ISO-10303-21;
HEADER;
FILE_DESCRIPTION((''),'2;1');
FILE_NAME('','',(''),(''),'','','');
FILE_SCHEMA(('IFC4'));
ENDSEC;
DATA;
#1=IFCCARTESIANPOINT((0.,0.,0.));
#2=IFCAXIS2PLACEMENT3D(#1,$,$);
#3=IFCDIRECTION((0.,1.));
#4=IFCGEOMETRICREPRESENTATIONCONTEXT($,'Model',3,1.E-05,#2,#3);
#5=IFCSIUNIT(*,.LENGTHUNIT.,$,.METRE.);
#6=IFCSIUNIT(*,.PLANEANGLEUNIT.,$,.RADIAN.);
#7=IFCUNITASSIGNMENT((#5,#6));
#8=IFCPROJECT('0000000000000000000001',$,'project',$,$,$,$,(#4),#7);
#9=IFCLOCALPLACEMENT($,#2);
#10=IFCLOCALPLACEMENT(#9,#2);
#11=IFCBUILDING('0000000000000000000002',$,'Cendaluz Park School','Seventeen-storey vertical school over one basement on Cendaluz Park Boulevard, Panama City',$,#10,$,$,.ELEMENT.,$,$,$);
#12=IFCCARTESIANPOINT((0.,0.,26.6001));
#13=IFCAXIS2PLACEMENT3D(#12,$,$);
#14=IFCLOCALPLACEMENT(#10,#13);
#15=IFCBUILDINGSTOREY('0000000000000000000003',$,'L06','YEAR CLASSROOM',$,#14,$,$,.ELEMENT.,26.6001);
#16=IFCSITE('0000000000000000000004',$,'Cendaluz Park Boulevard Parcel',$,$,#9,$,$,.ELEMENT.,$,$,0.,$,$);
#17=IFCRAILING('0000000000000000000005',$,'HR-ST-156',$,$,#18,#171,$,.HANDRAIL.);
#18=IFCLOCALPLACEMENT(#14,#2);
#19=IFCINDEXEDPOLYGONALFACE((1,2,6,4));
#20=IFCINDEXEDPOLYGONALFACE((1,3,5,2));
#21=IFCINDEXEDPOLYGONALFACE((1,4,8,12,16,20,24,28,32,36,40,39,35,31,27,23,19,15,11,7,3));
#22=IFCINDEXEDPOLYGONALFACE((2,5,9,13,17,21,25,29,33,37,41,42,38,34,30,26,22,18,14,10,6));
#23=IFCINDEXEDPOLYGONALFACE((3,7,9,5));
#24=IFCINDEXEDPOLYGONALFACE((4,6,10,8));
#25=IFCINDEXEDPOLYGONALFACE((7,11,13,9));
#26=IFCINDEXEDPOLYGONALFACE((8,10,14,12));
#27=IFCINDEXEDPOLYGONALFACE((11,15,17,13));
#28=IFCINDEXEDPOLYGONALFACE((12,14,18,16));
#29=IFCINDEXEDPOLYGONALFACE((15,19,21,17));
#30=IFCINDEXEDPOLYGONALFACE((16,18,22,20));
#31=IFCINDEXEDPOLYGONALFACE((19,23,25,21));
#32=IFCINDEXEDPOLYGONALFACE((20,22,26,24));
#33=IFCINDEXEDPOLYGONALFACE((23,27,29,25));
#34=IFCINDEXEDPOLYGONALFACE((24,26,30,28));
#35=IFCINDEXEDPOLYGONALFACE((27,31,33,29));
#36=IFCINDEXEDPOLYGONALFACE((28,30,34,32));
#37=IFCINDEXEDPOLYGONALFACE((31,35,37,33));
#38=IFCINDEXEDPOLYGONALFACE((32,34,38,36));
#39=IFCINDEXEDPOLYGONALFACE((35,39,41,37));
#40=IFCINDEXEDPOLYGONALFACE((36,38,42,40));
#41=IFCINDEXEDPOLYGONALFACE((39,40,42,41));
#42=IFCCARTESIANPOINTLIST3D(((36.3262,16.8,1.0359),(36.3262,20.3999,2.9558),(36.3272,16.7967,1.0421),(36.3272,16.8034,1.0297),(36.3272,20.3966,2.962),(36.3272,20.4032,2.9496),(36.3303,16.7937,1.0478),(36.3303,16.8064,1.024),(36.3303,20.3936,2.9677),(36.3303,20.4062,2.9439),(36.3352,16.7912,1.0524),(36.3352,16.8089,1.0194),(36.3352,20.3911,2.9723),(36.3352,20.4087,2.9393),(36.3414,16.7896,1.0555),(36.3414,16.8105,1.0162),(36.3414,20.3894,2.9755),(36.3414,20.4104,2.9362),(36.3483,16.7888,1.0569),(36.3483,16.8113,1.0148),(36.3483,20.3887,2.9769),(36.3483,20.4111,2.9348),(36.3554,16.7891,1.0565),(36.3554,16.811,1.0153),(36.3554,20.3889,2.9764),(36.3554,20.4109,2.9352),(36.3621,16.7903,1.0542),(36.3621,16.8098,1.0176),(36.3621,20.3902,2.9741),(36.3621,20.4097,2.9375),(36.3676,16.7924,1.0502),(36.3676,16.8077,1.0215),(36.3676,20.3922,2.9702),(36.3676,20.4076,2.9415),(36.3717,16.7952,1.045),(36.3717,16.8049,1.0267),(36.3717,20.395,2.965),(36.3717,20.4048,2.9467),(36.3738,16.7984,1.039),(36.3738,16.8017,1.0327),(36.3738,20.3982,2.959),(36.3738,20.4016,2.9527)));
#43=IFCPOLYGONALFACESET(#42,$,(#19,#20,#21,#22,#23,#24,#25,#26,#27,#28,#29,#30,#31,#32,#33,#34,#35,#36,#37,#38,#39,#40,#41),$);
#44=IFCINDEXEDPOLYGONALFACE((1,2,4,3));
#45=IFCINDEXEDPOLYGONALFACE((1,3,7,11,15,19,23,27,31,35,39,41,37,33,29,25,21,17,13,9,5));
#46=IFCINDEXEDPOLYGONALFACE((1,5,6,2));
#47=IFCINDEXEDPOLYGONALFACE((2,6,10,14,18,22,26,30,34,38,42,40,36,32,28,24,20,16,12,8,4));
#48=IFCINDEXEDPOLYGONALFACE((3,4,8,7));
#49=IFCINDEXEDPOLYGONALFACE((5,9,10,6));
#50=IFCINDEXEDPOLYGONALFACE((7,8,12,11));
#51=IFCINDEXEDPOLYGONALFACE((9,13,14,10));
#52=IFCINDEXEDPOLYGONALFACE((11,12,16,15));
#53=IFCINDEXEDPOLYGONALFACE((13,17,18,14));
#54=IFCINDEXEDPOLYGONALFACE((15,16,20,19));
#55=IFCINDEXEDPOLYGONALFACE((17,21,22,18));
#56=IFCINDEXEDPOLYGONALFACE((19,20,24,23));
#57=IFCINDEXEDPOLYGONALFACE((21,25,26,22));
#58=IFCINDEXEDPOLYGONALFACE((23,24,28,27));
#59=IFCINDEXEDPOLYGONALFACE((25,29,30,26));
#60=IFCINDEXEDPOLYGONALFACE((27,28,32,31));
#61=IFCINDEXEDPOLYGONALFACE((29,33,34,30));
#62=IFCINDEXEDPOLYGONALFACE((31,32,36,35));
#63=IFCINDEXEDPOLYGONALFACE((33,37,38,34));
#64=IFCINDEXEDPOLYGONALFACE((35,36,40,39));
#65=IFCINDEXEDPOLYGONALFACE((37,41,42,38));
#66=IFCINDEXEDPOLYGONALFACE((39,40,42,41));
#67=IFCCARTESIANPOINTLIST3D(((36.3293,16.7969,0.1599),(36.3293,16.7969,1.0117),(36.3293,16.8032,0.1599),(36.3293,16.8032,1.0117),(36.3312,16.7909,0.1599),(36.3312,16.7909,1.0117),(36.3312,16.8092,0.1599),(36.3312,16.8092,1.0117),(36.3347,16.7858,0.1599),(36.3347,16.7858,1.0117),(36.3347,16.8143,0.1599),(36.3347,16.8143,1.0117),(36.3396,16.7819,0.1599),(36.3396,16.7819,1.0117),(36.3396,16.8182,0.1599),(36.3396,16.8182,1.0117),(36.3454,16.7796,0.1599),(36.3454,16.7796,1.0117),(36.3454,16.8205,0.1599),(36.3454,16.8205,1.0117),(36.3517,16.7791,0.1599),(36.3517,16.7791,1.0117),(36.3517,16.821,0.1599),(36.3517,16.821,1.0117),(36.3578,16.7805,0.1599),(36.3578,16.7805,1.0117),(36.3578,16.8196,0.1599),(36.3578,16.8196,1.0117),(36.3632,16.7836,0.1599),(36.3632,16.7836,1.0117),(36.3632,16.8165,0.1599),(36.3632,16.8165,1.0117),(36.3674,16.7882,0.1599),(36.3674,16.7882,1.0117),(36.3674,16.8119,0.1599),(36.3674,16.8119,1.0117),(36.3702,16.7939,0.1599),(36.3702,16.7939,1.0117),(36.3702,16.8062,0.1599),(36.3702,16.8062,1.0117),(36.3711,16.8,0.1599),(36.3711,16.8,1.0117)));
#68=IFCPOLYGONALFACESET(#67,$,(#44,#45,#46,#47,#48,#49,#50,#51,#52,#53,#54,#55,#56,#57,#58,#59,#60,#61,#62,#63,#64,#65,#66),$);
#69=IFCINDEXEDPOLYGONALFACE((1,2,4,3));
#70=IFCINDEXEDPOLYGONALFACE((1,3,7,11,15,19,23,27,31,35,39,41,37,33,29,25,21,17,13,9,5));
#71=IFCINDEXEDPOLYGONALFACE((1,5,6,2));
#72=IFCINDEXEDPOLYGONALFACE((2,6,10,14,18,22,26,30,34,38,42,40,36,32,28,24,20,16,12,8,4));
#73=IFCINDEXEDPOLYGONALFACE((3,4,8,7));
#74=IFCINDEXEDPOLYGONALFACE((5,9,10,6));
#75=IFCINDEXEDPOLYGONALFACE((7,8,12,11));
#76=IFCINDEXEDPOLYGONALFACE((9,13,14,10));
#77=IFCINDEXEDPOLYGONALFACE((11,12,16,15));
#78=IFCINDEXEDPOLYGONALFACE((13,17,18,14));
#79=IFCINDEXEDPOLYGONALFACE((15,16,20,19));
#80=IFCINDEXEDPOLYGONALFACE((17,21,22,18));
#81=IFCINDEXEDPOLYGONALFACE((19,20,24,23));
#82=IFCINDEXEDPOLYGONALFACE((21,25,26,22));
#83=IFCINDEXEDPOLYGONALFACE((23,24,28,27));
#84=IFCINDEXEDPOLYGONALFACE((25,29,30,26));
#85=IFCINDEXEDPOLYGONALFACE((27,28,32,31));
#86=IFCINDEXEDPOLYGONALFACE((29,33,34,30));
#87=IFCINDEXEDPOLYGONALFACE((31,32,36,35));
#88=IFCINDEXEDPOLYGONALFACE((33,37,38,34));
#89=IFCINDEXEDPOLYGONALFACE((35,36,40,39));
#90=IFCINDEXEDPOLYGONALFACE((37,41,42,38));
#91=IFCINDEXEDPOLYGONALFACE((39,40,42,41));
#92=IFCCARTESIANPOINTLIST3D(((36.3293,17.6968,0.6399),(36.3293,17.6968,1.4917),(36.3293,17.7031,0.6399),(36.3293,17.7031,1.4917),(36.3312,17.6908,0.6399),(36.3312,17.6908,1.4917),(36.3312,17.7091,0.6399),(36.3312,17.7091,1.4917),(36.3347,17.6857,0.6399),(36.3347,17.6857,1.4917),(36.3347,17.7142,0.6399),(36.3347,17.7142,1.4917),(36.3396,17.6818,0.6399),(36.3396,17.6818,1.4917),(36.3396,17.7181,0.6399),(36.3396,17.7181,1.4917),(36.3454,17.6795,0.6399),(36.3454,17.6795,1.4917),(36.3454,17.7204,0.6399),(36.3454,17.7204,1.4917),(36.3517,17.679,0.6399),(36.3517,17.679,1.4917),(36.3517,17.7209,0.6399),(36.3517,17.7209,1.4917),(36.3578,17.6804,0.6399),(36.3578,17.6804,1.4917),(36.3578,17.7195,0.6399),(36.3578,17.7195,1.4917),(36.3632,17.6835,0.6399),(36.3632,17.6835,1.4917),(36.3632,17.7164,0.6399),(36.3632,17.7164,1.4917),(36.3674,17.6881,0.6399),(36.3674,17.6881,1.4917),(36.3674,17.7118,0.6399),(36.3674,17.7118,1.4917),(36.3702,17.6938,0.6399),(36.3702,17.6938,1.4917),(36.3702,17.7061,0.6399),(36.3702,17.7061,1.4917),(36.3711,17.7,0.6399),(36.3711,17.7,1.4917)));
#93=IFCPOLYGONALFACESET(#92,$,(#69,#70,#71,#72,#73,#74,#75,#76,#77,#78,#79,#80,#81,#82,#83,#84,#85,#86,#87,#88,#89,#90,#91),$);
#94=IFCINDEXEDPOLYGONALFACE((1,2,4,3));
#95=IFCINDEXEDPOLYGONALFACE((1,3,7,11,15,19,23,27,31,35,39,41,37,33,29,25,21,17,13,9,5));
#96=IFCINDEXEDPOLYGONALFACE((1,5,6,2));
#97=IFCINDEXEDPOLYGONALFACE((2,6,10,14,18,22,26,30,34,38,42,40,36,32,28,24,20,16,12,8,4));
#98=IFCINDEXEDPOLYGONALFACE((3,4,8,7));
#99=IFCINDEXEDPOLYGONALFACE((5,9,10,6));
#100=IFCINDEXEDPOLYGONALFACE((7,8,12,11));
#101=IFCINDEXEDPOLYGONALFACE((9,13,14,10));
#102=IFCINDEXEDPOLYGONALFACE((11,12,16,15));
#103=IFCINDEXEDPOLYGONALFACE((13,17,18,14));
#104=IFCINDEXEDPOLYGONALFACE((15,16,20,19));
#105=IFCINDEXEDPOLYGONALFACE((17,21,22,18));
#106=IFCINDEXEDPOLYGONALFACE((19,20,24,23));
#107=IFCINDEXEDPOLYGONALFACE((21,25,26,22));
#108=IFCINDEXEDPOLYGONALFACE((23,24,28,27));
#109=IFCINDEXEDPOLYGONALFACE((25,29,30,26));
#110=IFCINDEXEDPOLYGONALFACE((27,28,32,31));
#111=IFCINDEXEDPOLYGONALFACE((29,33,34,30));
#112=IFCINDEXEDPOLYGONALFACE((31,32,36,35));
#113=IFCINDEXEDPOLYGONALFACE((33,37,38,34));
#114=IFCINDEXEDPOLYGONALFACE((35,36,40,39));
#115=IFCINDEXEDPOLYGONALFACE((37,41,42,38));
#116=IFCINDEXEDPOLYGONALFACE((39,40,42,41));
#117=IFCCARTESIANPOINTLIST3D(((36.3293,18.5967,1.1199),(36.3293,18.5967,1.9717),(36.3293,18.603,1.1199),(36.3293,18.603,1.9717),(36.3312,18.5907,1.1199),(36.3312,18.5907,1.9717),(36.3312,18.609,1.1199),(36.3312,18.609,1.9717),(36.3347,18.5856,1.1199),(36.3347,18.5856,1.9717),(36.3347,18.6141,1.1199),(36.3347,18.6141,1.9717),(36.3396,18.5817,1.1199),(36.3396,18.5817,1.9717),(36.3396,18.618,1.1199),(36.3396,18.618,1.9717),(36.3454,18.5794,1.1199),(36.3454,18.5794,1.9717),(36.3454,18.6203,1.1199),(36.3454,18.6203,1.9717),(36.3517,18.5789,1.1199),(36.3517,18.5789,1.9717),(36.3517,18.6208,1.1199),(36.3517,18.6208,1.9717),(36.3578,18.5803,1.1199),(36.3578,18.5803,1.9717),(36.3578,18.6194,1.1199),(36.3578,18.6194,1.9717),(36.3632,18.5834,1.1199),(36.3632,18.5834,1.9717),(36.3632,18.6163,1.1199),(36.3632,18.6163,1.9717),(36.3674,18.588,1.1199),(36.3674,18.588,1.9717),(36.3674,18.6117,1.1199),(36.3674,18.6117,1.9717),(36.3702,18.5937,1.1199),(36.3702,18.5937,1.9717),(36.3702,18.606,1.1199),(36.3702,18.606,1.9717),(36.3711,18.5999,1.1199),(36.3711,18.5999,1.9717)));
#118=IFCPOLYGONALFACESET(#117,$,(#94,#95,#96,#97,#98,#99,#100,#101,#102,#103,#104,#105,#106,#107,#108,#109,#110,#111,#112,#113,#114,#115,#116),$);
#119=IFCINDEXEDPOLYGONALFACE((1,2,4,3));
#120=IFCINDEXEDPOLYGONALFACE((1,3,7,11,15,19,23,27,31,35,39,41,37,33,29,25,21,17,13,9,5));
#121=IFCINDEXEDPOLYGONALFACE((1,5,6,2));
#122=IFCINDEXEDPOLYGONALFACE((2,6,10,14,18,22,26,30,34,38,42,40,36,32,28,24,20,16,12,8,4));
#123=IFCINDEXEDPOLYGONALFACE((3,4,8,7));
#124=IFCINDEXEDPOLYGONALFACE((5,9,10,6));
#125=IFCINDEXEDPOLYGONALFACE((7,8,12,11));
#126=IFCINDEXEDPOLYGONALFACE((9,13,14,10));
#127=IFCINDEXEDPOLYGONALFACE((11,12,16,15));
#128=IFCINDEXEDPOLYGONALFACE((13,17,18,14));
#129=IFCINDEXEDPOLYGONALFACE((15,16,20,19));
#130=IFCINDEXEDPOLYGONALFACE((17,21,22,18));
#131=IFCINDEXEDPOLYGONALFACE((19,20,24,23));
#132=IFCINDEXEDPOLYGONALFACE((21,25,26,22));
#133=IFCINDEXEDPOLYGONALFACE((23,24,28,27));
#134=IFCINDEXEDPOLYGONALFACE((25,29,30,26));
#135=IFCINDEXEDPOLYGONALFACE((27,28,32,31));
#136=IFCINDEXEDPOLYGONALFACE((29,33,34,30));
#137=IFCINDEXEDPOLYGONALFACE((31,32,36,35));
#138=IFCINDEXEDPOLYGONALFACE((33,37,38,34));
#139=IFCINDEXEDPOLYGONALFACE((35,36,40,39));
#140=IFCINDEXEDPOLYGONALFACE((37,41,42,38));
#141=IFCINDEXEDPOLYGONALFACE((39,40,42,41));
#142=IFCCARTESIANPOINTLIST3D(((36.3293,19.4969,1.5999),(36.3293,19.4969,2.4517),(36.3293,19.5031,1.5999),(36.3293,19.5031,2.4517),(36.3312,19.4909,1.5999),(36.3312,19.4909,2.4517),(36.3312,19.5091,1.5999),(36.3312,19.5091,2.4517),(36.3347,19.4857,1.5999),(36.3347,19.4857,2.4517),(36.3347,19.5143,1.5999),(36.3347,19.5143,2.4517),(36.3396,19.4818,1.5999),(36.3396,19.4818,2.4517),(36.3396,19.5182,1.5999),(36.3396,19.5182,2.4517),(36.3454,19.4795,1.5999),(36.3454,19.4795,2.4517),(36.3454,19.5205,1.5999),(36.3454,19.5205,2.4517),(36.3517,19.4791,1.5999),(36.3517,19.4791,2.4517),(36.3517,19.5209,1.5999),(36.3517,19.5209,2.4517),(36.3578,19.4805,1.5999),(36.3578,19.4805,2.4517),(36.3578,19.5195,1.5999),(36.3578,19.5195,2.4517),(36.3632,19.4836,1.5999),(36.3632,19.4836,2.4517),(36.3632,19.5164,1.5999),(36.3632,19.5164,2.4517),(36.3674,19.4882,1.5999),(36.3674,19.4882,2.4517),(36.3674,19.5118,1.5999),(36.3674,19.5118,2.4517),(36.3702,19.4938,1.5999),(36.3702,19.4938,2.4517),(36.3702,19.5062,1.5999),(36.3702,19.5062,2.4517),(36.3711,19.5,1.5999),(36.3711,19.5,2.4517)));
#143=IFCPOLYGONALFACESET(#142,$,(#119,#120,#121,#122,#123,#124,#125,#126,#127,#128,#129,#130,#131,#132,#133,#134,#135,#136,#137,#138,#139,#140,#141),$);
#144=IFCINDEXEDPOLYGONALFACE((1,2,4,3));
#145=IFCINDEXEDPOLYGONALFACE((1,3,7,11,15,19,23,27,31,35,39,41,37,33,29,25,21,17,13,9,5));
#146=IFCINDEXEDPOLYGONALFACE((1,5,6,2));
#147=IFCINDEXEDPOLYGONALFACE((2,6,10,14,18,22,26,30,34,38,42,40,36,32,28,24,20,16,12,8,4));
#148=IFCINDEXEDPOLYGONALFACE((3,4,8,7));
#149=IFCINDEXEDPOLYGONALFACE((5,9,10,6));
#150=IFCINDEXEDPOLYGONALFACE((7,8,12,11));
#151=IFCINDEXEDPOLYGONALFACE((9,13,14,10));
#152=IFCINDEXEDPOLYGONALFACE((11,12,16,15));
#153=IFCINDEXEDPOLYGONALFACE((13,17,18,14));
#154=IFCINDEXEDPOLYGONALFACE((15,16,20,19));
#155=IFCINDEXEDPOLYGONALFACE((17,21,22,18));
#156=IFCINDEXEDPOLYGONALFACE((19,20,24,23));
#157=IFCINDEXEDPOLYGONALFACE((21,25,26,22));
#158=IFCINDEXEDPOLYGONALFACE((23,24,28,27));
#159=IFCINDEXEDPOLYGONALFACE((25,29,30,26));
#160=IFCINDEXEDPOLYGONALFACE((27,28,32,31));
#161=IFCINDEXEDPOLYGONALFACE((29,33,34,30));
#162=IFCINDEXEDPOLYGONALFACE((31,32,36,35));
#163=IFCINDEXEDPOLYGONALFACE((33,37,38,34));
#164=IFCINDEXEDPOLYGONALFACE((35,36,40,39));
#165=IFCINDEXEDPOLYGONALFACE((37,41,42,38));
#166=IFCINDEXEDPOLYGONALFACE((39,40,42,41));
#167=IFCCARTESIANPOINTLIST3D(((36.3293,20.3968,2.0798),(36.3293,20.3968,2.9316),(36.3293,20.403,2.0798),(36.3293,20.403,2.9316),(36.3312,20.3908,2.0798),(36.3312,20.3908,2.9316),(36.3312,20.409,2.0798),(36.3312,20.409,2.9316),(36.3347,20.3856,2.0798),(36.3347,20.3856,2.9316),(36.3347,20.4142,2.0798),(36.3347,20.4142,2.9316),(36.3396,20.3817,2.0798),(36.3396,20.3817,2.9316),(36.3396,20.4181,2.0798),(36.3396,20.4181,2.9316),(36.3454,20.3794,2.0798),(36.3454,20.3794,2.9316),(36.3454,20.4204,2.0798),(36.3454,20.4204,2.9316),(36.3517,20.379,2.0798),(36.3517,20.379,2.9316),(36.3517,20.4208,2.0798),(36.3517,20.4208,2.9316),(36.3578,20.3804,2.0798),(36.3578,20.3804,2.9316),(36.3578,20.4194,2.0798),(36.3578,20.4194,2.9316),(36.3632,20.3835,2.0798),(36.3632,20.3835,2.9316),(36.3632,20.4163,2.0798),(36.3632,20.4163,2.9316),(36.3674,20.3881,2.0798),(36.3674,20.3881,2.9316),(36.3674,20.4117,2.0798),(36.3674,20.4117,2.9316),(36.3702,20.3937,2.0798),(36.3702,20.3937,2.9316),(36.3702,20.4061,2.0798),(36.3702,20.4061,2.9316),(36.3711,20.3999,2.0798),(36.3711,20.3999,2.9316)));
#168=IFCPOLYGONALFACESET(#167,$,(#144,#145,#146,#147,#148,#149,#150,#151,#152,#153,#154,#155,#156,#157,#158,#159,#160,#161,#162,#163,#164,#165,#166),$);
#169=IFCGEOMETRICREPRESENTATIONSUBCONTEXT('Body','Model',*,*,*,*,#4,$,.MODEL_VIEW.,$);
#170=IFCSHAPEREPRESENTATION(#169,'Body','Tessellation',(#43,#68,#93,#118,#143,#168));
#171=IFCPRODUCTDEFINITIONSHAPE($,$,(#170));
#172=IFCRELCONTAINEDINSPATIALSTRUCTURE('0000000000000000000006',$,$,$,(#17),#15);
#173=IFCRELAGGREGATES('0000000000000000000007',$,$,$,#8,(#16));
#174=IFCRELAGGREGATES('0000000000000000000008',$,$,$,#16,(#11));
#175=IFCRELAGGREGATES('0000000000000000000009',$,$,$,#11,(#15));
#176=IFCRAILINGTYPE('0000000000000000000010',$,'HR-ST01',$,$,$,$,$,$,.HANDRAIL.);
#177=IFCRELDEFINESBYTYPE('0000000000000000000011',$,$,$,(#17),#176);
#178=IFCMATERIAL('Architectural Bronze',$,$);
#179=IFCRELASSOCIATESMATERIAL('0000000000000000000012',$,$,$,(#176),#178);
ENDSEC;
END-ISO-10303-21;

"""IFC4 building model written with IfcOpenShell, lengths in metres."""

from ifc_helpers import new_model, si_unit, direction, frame, origin, origin_2d, place, context, subcontext, project, spatial, circle, extrude, material, type_object, element, save


model = new_model("IFC4")

# Units and contexts
model_context = context("Model", 3, precision=1e-05, world=origin(), true_north=direction((0.0, 1.0)))
body_context = subcontext(model_context, "Body", "Model", "MODEL_VIEW")
ifc_project = project(units=[si_unit("LENGTHUNIT", "METRE"), si_unit("PLANEANGLEUNIT", "RADIAN")], contexts=[model_context])

# Site, building, storey
site_placement = place(None, origin())
site = spatial("IfcSite", under=ifc_project, at=site_placement, Name="Cendaluz Park Boulevard Parcel", CompositionType="ELEMENT", RefElevation=0.0)
building_placement = place(site_placement, origin())
building = spatial("IfcBuilding", under=site, at=building_placement, Name="Cendaluz Park School", Description="Seventeen-storey vertical school over one basement on Cendaluz Park Boulevard, Panama City", CompositionType="ELEMENT")
storey_placement = place(building_placement, frame((0.0, 0.0, 26.6001)))
storey = spatial("IfcBuildingStorey", under=building, at=storey_placement, Name="L06", Description="YEAR CLASSROOM", CompositionType="ELEMENT", Elevation=26.6001)

# Railing
ifc_material_1 = material(Name="Architectural Bronze")
railing_type_1 = type_object("IfcRailingType", Name="HR-ST01", PredefinedType="HANDRAIL", material=ifc_material_1)
railing_1_placement = place(storey_placement, frame((36.3501, 16.8, 0.1599)))
element("IfcRailing", 1, at=railing_1_placement, inside=storey, type_object=railing_type_1, Name="HR-ST-156", PredefinedType="HANDRAIL", context=body_context, shape_type="SweptSolid", body=[
    extrude(circle(Radius=0.0239, at=origin_2d()), frame((0.0, 0.0, 0.876), z_axis=(0.0, 0.882353, 0.470588), x_axis=(-1.0, 0.0, 0.0)), (0.0, 0.0, 1.0), 4.0798),
    extrude(circle(Radius=0.021, at=origin_2d()), origin(), (0.0, 0.0, 1.0), 0.8518),
    extrude(circle(Radius=0.021, at=origin_2d()), frame((0.0, 0.8999, 0.48)), (0.0, 0.0, 1.0), 0.8518),
    extrude(circle(Radius=0.021, at=origin_2d()), frame((0.0, 1.7998, 0.96)), (0.0, 0.0, 1.0), 0.8518),
    extrude(circle(Radius=0.021, at=origin_2d()), frame((0.0, 2.7, 1.4399)), (0.0, 0.0, 1.0), 0.8518),
    extrude(circle(Radius=0.021, at=origin_2d()), frame((0.0, 3.5999, 1.9199)), (0.0, 0.0, 1.0), 0.8518),
])

save(model, "model.ifc")
